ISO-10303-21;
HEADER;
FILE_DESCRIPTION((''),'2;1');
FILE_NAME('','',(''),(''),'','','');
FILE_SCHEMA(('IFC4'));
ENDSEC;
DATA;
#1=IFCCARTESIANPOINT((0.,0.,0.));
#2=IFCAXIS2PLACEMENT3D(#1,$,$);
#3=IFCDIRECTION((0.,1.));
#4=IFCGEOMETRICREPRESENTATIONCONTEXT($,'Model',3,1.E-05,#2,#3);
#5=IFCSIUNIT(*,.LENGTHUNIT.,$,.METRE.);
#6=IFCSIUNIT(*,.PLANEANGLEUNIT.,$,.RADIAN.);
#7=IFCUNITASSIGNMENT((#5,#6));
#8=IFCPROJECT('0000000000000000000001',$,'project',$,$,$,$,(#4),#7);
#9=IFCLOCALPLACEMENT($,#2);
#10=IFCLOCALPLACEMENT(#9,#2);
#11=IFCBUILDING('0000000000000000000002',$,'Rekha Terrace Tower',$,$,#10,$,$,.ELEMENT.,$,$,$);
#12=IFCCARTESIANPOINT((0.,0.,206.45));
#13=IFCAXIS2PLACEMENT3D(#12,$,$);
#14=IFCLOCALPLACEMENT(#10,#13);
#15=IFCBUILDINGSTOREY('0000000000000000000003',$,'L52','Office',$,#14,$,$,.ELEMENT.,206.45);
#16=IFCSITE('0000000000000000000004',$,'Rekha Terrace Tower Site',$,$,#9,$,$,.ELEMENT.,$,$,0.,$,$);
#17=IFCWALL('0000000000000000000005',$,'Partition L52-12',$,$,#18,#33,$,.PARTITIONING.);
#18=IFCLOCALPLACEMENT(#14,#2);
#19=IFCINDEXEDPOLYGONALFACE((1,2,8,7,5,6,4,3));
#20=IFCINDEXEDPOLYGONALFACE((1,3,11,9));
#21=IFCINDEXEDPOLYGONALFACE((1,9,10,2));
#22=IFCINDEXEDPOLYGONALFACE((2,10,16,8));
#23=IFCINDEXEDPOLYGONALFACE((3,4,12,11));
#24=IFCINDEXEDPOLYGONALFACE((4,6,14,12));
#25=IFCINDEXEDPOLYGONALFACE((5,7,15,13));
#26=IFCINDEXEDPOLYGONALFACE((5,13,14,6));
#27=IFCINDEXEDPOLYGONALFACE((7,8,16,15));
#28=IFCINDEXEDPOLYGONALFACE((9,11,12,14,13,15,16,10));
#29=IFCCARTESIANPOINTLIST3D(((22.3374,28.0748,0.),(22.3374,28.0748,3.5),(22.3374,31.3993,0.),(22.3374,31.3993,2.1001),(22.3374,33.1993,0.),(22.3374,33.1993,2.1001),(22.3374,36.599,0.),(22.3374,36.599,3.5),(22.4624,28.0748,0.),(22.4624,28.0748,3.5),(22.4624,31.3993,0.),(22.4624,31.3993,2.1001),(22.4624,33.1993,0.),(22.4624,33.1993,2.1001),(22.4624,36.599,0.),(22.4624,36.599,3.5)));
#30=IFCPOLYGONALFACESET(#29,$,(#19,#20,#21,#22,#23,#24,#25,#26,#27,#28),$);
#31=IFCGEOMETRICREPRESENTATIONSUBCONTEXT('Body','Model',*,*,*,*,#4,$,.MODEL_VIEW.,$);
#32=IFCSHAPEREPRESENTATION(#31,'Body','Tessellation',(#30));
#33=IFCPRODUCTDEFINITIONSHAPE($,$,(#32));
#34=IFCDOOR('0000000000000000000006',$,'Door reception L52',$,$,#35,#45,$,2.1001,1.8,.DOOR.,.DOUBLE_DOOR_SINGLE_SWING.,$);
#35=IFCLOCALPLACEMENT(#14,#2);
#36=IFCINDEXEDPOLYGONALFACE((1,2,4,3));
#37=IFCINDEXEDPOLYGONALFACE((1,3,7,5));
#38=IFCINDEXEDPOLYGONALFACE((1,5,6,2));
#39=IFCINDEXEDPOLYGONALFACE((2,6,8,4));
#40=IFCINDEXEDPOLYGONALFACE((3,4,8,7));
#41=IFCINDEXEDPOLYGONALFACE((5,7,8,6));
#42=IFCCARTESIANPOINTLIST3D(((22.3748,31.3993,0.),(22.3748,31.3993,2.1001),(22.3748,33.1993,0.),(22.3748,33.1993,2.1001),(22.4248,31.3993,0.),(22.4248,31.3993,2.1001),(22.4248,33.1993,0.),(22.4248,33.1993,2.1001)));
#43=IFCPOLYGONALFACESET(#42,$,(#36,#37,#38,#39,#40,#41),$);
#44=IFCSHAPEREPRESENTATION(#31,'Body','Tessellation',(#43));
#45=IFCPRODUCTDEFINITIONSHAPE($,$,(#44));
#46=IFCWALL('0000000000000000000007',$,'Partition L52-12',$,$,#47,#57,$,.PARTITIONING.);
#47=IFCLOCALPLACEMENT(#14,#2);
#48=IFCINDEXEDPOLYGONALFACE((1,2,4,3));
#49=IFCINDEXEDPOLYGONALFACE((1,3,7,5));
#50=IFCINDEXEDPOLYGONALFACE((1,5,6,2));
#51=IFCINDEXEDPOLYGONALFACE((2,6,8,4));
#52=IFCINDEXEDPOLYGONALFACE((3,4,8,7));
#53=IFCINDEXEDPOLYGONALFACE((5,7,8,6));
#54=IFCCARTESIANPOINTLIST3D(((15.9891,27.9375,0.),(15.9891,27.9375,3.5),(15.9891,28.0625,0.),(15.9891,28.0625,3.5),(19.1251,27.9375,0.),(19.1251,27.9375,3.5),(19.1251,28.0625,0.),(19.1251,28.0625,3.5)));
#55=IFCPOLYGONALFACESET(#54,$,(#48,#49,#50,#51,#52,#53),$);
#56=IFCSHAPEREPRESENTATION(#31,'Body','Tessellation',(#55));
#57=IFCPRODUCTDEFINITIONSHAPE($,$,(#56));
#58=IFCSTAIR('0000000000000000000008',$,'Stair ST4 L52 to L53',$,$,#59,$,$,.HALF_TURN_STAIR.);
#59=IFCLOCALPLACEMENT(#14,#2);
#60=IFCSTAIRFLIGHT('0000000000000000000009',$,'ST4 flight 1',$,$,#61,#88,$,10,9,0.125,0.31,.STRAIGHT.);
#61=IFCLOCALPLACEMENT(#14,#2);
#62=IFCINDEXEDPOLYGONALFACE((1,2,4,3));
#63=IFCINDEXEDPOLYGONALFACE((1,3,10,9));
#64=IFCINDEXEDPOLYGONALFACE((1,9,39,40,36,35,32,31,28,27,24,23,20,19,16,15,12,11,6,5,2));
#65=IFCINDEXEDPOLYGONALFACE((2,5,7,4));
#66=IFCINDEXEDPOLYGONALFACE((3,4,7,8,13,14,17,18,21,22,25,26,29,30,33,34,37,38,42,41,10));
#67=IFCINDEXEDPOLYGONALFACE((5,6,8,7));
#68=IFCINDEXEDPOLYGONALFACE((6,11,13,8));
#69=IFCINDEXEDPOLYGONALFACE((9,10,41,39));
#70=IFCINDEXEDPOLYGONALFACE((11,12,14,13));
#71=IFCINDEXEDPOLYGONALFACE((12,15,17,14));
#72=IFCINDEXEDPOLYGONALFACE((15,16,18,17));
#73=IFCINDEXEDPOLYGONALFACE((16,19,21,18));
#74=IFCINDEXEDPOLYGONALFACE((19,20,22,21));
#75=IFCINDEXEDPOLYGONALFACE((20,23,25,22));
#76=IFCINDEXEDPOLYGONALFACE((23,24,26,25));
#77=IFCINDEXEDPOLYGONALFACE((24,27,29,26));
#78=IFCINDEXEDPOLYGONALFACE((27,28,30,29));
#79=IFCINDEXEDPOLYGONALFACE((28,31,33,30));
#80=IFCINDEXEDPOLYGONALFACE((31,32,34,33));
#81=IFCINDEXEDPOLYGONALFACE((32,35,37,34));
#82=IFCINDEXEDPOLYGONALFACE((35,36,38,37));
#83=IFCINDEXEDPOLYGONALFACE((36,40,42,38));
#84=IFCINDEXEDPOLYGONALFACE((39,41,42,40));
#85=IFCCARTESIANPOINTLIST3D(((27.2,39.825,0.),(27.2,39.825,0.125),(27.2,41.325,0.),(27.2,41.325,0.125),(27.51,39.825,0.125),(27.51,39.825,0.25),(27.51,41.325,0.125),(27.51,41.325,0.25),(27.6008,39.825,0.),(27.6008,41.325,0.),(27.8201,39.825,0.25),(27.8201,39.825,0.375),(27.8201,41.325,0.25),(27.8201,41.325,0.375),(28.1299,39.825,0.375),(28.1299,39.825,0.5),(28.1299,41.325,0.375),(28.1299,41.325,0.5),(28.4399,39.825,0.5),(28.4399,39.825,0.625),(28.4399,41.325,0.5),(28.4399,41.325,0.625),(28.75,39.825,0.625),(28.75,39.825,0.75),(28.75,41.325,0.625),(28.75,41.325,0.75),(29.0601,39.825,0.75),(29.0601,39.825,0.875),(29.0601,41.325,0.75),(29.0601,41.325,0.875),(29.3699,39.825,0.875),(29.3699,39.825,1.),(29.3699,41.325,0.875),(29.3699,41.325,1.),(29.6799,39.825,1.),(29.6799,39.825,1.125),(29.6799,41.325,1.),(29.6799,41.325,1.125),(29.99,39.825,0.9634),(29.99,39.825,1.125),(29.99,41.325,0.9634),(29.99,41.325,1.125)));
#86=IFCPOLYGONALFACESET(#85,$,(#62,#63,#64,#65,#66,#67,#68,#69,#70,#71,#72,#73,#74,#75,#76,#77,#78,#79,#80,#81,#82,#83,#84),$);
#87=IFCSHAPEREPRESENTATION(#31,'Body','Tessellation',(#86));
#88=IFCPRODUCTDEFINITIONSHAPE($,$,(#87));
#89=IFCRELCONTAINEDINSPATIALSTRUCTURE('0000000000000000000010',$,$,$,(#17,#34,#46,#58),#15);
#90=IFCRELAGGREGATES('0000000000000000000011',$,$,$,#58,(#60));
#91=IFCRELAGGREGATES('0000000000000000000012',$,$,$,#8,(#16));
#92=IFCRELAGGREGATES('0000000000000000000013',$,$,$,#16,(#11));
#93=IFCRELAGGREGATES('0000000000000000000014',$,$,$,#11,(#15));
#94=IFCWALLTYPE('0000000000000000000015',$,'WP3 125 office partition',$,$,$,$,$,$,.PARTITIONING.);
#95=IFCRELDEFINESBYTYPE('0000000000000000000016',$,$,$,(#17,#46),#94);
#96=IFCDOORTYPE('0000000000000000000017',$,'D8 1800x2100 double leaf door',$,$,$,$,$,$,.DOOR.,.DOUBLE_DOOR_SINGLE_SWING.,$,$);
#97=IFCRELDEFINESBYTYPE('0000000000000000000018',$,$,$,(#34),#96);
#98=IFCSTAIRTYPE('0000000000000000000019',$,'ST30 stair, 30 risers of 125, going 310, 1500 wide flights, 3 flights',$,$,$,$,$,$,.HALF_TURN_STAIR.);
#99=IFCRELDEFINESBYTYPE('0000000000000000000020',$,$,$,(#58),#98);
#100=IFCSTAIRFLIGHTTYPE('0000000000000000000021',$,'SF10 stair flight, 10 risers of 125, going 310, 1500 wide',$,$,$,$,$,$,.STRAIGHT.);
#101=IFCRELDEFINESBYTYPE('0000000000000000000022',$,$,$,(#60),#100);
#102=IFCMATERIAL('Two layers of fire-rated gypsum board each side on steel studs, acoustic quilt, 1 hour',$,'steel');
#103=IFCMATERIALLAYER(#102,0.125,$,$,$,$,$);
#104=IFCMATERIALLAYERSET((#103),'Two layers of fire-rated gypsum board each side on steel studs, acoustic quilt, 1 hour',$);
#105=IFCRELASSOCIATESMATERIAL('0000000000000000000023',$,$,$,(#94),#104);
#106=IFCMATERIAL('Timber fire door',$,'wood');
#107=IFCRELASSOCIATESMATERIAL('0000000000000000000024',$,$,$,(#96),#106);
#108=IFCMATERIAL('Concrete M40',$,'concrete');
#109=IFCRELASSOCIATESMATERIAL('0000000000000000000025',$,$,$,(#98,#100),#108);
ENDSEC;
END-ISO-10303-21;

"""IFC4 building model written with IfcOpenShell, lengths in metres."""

from ifc_helpers import new_model, si_unit, direction, frame, frame_2d, origin, place, context, subcontext, project, spatial, polyline, rectangle, outline, extrude, material, layer, layer_set, type_object, element, fill, aggregate, save


model = new_model("IFC4")

# Units and contexts
model_context = context("Model", 3, precision=1e-05, world=origin(), true_north=direction((0.0, 1.0)))
body_context = subcontext(model_context, "Body", "Model", "MODEL_VIEW")
ifc_project = project(units=[si_unit("LENGTHUNIT", "METRE"), si_unit("PLANEANGLEUNIT", "RADIAN")], contexts=[model_context])

# Site, building, storey
site_placement = place(None, origin())
site = spatial("IfcSite", under=ifc_project, at=site_placement, Name="Rekha Terrace Tower Site", CompositionType="ELEMENT", RefElevation=0.0)
building_placement = place(site_placement, origin())
building = spatial("IfcBuilding", under=site, at=building_placement, Name="Rekha Terrace Tower", CompositionType="ELEMENT")
storey_placement = place(building_placement, frame((0.0, 0.0, 206.45)))
storey = spatial("IfcBuildingStorey", under=building, at=storey_placement, Name="L52", Description="Office", CompositionType="ELEMENT", Elevation=206.45)

# Wall, opening, door
ifc_material_1 = material(Name="Two layers of fire-rated gypsum board each side on steel studs, acoustic quilt, 1 hour", Category="steel")
ifc_layer_1 = layer(ifc_material_1, 0.125)
ifc_layer_set_1 = layer_set([ifc_layer_1], Name="Two layers of fire-rated gypsum board each side on steel studs, acoustic quilt, 1 hour")
wall_type_1 = type_object("IfcWallType", Name="WP3 125 office partition", PredefinedType="PARTITIONING", material=ifc_layer_set_1)
wall_1_placement = place(storey_placement, frame((22.3999, 36.5991, 0.0), z_axis=(0.0, 0.0, 1.0), x_axis=(0.0, -1.0, 0.0)))
wall_1 = element("IfcWall", 1, at=wall_1_placement, inside=storey, type_object=wall_type_1, Name="Partition L52-12", PredefinedType="PARTITIONING", context=body_context, shape_type="SweptSolid", body=[
    extrude(rectangle(XDim=8.5242, YDim=0.125, at=frame_2d((4.2622, 0.0))), origin(), (0.0, 0.0, 1.0), 3.5),
])
opening_1_placement = place(wall_1_placement, frame((3.3999, 0.0, 0.0)))
opening_1 = element("IfcOpeningElement", 2, at=opening_1_placement, cuts=wall_1, PredefinedType="OPENING", context=body_context, shape_type="SweptSolid", body=[
    extrude(rectangle(XDim=1.8, YDim=2.1001, at=frame_2d((0.8999, 1.05))), frame((0.0, 0.0725, 0.0), z_axis=(0.0, -1.0, 0.0), x_axis=(1.0, 0.0, 0.0)), (0.0, 0.0, 1.0), 0.145),
])
ifc_material_2 = material(Name="Timber fire door", Category="wood")
door_type_1 = type_object("IfcDoorType", Name="D8 1800x2100 double leaf door", OperationType="DOUBLE_DOOR_SINGLE_SWING", PredefinedType="DOOR", material=ifc_material_2)
door_1_placement = place(opening_1_placement, origin())
door_1 = element("IfcDoor", 3, at=door_1_placement, inside=storey, type_object=door_type_1, Name="Door reception L52", OperationType="DOUBLE_DOOR_SINGLE_SWING", OverallHeight=2.1001, OverallWidth=1.8, PredefinedType="DOOR", context=body_context, shape_type="SweptSolid", body=[
    extrude(rectangle(XDim=1.8, YDim=2.1001, at=frame_2d((0.8999, 1.05))), frame((0.0, 0.0249, 0.0), z_axis=(0.0, -1.0, 0.0), x_axis=(1.0, 0.0, 0.0)), (0.0, 0.0, 1.0), 0.05),
])
fill(opening_1, door_1)

# Wall
wall_2_placement = place(storey_placement, frame((19.125, 28.0, 0.0), z_axis=(0.0, 0.0, 1.0), x_axis=(-1.0, 0.0, 0.0)))
element("IfcWall", 4, at=wall_2_placement, inside=storey, type_object=wall_type_1, Name="Partition L52-12", PredefinedType="PARTITIONING", context=body_context, shape_type="SweptSolid", body=[
    extrude(rectangle(XDim=3.136, YDim=0.125, at=frame_2d((1.5679, 0.0))), origin(), (0.0, 0.0, 1.0), 3.5),
])

# Stair, stair flight
ifc_material_3 = material(Name="Concrete M40", Category="concrete")
stair_type = type_object("IfcStairType", Name="ST30 stair, 30 risers of 125, going 310, 1500 wide flights, 3 flights", PredefinedType="HALF_TURN_STAIR", material=ifc_material_3)
stair_placement = place(storey_placement, origin())
stair = element("IfcStair", 5, at=stair_placement, inside=storey, type_object=stair_type, Name="Stair ST4 L52 to L53", PredefinedType="HALF_TURN_STAIR")
stair_flight_type = type_object("IfcStairFlightType", Name="SF10 stair flight, 10 risers of 125, going 310, 1500 wide", PredefinedType="STRAIGHT", material=ifc_material_3)
stair_flight_placement = place(storey_placement, frame((27.2, 40.575, 0.0), z_axis=(0.0, 0.0, 1.0), x_axis=(1.0, 0.0, 0.0)))
stair_flight = element("IfcStairFlight", 6, at=stair_flight_placement, type_object=stair_flight_type, Name="ST4 flight 1", NumberOfRisers=10, NumberOfTreads=9, PredefinedType="STRAIGHT", RiserHeight=0.125, TreadLength=0.31, context=body_context, shape_type="SweptSolid", body=[
    extrude(outline(polyline([(0.0, 0.0), (0.0, 0.125), (0.3101, 0.125), (0.3101, 0.25), (0.6201, 0.25), (0.6201, 0.375), (0.9299, 0.375), (0.9299, 0.5), (1.24, 0.5), (1.24, 0.625), (1.55, 0.625), (1.55, 0.75), (1.8601, 0.75), (1.8601, 0.875), (2.1699, 0.875), (2.1699, 1.0), (2.48, 1.0), (2.48, 1.125), (2.79, 1.125), (2.79, 1.25), (2.79, 0.9634), (0.4009, 0.0), (0.0, 0.0)])), frame((0.0, 0.75, 0.0), z_axis=(0.0, -1.0, 0.0), x_axis=(1.0, 0.0, 0.0)), (0.0, 0.0, 1.0), 1.5),
])
aggregate(stair, [stair_flight])

save(model, "model.ifc")
